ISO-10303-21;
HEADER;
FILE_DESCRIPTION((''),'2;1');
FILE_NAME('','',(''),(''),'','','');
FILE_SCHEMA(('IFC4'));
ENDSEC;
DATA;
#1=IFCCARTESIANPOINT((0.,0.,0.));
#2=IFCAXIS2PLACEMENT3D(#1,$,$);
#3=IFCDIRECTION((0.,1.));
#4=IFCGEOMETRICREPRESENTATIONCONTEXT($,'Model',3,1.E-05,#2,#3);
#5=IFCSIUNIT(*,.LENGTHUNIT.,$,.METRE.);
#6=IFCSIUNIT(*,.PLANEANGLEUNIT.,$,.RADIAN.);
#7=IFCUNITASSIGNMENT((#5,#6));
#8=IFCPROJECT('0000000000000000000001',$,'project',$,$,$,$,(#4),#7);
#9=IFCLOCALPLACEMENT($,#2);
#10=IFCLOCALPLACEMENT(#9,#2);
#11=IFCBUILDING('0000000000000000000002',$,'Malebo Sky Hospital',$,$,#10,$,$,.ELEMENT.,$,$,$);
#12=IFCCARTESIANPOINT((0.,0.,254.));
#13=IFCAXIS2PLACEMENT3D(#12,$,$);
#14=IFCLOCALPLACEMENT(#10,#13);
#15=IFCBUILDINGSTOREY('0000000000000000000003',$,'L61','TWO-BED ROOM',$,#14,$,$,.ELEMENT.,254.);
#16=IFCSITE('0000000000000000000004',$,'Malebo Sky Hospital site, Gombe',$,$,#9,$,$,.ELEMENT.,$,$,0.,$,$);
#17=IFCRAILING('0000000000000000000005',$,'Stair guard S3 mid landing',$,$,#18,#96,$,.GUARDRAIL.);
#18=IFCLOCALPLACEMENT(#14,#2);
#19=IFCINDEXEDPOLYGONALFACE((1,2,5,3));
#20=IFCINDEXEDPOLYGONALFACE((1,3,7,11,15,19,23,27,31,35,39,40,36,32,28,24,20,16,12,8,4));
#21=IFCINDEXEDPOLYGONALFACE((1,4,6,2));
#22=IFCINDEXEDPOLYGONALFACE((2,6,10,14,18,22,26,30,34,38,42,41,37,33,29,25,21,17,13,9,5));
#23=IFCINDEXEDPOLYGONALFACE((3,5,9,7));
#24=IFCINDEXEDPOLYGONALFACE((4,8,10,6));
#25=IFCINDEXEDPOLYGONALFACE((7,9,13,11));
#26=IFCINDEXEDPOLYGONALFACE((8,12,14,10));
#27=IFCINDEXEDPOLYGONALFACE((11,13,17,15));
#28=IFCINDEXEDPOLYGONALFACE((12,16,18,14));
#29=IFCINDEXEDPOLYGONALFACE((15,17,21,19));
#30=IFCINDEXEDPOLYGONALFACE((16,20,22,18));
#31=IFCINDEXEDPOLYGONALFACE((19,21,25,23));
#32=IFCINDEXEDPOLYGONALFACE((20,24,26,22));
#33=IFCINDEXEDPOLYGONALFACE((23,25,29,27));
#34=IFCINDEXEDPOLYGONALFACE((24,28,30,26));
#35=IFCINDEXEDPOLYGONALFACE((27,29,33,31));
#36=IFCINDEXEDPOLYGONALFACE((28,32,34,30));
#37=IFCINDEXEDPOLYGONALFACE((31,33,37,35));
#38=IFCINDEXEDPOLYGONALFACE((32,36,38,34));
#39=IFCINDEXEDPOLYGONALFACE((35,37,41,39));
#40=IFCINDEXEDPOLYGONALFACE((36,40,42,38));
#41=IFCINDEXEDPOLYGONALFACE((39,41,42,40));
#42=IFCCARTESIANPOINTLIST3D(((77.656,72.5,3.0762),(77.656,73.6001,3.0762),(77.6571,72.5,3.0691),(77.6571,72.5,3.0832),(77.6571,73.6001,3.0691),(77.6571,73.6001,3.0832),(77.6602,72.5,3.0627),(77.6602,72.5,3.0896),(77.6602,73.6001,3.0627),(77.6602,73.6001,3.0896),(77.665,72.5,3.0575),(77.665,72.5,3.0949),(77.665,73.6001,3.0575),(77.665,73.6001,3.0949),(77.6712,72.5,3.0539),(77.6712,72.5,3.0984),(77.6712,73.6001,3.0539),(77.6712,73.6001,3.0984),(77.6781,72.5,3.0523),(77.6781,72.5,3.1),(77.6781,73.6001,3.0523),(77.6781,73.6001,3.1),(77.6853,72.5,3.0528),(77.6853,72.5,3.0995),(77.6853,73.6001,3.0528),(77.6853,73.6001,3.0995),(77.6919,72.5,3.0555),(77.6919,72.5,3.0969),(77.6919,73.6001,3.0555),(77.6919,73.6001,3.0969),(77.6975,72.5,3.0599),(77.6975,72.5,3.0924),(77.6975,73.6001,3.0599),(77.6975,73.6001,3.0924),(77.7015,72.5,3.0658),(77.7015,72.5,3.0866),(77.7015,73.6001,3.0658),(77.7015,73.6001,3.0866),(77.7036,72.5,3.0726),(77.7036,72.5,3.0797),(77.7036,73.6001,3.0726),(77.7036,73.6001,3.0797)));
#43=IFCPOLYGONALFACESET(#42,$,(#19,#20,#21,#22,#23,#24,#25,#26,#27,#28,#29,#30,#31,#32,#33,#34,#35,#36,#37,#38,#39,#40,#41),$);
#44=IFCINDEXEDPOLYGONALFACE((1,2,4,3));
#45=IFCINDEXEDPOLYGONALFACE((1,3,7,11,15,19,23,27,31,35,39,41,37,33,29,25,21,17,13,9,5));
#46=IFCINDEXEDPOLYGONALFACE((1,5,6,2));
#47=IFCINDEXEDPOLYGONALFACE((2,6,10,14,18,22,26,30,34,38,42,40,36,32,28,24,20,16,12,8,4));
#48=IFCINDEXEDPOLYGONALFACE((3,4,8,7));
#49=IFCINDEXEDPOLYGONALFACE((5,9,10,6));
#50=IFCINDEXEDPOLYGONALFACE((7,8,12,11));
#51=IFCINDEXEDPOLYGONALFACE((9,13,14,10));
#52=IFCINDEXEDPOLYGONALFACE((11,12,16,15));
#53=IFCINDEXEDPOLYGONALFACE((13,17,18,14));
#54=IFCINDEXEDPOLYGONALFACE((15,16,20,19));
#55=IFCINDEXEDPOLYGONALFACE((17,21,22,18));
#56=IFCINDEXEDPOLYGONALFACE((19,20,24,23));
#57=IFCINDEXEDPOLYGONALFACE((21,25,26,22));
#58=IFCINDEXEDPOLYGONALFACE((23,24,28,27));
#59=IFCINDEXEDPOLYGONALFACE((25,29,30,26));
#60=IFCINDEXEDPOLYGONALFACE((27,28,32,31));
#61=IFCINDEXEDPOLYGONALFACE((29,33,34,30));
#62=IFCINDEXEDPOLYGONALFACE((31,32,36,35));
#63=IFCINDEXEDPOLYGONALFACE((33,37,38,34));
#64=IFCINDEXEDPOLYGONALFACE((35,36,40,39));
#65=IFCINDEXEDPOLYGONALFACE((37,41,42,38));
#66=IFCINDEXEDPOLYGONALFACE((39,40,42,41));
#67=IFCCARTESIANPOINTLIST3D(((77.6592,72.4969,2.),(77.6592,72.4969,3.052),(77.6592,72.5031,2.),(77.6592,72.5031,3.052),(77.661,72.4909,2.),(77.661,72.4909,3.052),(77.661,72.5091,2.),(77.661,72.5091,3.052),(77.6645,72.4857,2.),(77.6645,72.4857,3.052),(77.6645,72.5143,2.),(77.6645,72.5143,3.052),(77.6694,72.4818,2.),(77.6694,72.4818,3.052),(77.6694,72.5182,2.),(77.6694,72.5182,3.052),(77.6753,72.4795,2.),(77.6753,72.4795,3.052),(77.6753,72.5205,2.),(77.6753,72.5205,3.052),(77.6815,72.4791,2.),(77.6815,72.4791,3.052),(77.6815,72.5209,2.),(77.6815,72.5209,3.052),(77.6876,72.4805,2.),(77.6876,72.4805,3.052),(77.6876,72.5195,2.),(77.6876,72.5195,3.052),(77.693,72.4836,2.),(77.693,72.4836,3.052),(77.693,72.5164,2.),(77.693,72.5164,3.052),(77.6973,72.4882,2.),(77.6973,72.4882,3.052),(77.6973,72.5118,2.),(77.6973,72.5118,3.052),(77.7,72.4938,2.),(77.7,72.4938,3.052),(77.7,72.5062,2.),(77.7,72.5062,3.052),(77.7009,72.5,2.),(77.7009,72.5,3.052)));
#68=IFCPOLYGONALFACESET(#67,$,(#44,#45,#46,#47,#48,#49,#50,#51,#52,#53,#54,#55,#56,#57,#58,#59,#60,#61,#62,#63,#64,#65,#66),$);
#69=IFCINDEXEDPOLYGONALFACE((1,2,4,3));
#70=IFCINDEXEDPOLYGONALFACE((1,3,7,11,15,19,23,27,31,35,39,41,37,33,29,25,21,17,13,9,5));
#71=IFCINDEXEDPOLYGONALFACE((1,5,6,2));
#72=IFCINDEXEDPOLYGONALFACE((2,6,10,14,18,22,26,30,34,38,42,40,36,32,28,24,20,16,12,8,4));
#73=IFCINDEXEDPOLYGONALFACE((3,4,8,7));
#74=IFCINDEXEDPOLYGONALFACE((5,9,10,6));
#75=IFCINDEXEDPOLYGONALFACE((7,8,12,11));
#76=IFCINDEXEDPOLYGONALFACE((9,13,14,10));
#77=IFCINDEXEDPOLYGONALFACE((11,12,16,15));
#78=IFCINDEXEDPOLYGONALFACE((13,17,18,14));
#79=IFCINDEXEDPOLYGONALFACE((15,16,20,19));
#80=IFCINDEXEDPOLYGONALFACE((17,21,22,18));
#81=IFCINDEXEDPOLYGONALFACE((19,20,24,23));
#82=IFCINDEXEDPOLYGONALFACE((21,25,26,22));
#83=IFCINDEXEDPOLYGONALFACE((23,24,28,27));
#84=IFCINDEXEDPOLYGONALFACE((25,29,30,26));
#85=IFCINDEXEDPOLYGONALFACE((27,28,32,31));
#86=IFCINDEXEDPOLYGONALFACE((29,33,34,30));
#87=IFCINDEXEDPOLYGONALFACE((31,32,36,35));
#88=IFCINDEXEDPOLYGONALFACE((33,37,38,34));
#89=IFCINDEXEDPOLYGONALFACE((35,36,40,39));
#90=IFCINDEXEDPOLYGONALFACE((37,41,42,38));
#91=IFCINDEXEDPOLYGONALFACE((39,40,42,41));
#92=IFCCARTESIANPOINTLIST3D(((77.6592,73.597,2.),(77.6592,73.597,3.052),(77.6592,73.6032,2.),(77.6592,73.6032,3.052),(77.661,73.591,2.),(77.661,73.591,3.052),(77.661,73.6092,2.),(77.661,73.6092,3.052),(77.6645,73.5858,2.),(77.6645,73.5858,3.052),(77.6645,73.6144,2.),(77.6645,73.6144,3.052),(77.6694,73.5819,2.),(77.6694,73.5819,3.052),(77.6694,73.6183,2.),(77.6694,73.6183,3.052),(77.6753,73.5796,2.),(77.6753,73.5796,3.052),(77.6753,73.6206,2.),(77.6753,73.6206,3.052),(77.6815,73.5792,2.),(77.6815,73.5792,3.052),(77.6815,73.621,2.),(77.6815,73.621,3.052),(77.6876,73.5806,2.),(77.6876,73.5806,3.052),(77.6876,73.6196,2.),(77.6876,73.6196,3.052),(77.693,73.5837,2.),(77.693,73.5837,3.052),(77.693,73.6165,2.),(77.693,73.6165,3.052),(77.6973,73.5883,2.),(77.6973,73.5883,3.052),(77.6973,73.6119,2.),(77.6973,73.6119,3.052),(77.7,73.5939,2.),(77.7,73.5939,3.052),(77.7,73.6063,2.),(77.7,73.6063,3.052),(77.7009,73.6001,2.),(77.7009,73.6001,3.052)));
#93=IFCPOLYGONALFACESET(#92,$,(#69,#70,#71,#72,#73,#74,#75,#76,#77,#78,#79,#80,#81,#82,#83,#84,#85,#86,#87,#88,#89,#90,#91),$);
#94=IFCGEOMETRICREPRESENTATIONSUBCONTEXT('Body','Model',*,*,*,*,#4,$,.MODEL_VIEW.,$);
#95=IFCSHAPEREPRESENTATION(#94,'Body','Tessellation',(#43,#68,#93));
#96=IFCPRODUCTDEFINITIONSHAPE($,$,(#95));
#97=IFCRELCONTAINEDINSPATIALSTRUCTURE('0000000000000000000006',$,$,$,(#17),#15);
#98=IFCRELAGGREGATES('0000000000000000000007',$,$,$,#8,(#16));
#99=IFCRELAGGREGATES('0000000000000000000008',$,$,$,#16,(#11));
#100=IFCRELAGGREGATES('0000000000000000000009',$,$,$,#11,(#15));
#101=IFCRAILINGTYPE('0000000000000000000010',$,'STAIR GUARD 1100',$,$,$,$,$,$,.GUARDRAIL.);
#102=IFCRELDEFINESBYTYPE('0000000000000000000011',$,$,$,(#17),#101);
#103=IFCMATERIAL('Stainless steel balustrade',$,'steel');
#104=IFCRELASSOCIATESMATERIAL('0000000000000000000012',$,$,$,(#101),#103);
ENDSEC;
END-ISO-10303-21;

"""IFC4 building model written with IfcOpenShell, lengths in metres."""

from ifc_helpers import new_model, si_unit, direction, frame, origin, origin_2d, place, context, subcontext, project, spatial, circle, extrude, material, type_object, element, save


model = new_model("IFC4")

# Units and contexts
model_context = context("Model", 3, precision=1e-05, world=origin(), true_north=direction((0.0, 1.0)))
body_context = subcontext(model_context, "Body", "Model", "MODEL_VIEW")
ifc_project = project(units=[si_unit("LENGTHUNIT", "METRE"), si_unit("PLANEANGLEUNIT", "RADIAN")], contexts=[model_context])

# Site, building, storey
site_placement = place(None, origin())
site = spatial("IfcSite", under=ifc_project, at=site_placement, Name="Malebo Sky Hospital site, Gombe", CompositionType="ELEMENT", RefElevation=0.0)
building_placement = place(site_placement, origin())
building = spatial("IfcBuilding", under=site, at=building_placement, Name="Malebo Sky Hospital", CompositionType="ELEMENT")
storey_placement = place(building_placement, frame((0.0, 0.0, 254.0)))
storey = spatial("IfcBuildingStorey", under=building, at=storey_placement, Name="L61", Description="TWO-BED ROOM", CompositionType="ELEMENT", Elevation=254.0)

# Railing
ifc_material_1 = material(Name="Stainless steel balustrade", Category="steel")
railing_type_1 = type_object("IfcRailingType", Name="STAIR GUARD 1100", PredefinedType="GUARDRAIL", material=ifc_material_1)
for number, where, name in (
    (1, (77.6799, 72.5, 2.0), "Stair guard S3 mid landing"),
):
    element("IfcRailing", number, at=place(storey_placement, frame(where)), inside=storey, type_object=railing_type_1, Name=name, PredefinedType="GUARDRAIL", context=body_context, shape_type="SweptSolid", body=[
        extrude(circle(Radius=0.0239, at=origin_2d()), frame((0.0, 0.0, 1.0762), z_axis=(0.0, 1.0, 0.0), x_axis=(-1.0, 0.0, 0.0)), (0.0, 0.0, 1.0), 1.1001),
        extrude(circle(Radius=0.021, at=origin_2d()), origin(), (0.0, 0.0, 1.0), 1.052),
        extrude(circle(Radius=0.021, at=origin_2d()), frame((0.0, 1.1001, 0.0)), (0.0, 0.0, 1.0), 1.052),
    ])

save(model, "model.ifc")
